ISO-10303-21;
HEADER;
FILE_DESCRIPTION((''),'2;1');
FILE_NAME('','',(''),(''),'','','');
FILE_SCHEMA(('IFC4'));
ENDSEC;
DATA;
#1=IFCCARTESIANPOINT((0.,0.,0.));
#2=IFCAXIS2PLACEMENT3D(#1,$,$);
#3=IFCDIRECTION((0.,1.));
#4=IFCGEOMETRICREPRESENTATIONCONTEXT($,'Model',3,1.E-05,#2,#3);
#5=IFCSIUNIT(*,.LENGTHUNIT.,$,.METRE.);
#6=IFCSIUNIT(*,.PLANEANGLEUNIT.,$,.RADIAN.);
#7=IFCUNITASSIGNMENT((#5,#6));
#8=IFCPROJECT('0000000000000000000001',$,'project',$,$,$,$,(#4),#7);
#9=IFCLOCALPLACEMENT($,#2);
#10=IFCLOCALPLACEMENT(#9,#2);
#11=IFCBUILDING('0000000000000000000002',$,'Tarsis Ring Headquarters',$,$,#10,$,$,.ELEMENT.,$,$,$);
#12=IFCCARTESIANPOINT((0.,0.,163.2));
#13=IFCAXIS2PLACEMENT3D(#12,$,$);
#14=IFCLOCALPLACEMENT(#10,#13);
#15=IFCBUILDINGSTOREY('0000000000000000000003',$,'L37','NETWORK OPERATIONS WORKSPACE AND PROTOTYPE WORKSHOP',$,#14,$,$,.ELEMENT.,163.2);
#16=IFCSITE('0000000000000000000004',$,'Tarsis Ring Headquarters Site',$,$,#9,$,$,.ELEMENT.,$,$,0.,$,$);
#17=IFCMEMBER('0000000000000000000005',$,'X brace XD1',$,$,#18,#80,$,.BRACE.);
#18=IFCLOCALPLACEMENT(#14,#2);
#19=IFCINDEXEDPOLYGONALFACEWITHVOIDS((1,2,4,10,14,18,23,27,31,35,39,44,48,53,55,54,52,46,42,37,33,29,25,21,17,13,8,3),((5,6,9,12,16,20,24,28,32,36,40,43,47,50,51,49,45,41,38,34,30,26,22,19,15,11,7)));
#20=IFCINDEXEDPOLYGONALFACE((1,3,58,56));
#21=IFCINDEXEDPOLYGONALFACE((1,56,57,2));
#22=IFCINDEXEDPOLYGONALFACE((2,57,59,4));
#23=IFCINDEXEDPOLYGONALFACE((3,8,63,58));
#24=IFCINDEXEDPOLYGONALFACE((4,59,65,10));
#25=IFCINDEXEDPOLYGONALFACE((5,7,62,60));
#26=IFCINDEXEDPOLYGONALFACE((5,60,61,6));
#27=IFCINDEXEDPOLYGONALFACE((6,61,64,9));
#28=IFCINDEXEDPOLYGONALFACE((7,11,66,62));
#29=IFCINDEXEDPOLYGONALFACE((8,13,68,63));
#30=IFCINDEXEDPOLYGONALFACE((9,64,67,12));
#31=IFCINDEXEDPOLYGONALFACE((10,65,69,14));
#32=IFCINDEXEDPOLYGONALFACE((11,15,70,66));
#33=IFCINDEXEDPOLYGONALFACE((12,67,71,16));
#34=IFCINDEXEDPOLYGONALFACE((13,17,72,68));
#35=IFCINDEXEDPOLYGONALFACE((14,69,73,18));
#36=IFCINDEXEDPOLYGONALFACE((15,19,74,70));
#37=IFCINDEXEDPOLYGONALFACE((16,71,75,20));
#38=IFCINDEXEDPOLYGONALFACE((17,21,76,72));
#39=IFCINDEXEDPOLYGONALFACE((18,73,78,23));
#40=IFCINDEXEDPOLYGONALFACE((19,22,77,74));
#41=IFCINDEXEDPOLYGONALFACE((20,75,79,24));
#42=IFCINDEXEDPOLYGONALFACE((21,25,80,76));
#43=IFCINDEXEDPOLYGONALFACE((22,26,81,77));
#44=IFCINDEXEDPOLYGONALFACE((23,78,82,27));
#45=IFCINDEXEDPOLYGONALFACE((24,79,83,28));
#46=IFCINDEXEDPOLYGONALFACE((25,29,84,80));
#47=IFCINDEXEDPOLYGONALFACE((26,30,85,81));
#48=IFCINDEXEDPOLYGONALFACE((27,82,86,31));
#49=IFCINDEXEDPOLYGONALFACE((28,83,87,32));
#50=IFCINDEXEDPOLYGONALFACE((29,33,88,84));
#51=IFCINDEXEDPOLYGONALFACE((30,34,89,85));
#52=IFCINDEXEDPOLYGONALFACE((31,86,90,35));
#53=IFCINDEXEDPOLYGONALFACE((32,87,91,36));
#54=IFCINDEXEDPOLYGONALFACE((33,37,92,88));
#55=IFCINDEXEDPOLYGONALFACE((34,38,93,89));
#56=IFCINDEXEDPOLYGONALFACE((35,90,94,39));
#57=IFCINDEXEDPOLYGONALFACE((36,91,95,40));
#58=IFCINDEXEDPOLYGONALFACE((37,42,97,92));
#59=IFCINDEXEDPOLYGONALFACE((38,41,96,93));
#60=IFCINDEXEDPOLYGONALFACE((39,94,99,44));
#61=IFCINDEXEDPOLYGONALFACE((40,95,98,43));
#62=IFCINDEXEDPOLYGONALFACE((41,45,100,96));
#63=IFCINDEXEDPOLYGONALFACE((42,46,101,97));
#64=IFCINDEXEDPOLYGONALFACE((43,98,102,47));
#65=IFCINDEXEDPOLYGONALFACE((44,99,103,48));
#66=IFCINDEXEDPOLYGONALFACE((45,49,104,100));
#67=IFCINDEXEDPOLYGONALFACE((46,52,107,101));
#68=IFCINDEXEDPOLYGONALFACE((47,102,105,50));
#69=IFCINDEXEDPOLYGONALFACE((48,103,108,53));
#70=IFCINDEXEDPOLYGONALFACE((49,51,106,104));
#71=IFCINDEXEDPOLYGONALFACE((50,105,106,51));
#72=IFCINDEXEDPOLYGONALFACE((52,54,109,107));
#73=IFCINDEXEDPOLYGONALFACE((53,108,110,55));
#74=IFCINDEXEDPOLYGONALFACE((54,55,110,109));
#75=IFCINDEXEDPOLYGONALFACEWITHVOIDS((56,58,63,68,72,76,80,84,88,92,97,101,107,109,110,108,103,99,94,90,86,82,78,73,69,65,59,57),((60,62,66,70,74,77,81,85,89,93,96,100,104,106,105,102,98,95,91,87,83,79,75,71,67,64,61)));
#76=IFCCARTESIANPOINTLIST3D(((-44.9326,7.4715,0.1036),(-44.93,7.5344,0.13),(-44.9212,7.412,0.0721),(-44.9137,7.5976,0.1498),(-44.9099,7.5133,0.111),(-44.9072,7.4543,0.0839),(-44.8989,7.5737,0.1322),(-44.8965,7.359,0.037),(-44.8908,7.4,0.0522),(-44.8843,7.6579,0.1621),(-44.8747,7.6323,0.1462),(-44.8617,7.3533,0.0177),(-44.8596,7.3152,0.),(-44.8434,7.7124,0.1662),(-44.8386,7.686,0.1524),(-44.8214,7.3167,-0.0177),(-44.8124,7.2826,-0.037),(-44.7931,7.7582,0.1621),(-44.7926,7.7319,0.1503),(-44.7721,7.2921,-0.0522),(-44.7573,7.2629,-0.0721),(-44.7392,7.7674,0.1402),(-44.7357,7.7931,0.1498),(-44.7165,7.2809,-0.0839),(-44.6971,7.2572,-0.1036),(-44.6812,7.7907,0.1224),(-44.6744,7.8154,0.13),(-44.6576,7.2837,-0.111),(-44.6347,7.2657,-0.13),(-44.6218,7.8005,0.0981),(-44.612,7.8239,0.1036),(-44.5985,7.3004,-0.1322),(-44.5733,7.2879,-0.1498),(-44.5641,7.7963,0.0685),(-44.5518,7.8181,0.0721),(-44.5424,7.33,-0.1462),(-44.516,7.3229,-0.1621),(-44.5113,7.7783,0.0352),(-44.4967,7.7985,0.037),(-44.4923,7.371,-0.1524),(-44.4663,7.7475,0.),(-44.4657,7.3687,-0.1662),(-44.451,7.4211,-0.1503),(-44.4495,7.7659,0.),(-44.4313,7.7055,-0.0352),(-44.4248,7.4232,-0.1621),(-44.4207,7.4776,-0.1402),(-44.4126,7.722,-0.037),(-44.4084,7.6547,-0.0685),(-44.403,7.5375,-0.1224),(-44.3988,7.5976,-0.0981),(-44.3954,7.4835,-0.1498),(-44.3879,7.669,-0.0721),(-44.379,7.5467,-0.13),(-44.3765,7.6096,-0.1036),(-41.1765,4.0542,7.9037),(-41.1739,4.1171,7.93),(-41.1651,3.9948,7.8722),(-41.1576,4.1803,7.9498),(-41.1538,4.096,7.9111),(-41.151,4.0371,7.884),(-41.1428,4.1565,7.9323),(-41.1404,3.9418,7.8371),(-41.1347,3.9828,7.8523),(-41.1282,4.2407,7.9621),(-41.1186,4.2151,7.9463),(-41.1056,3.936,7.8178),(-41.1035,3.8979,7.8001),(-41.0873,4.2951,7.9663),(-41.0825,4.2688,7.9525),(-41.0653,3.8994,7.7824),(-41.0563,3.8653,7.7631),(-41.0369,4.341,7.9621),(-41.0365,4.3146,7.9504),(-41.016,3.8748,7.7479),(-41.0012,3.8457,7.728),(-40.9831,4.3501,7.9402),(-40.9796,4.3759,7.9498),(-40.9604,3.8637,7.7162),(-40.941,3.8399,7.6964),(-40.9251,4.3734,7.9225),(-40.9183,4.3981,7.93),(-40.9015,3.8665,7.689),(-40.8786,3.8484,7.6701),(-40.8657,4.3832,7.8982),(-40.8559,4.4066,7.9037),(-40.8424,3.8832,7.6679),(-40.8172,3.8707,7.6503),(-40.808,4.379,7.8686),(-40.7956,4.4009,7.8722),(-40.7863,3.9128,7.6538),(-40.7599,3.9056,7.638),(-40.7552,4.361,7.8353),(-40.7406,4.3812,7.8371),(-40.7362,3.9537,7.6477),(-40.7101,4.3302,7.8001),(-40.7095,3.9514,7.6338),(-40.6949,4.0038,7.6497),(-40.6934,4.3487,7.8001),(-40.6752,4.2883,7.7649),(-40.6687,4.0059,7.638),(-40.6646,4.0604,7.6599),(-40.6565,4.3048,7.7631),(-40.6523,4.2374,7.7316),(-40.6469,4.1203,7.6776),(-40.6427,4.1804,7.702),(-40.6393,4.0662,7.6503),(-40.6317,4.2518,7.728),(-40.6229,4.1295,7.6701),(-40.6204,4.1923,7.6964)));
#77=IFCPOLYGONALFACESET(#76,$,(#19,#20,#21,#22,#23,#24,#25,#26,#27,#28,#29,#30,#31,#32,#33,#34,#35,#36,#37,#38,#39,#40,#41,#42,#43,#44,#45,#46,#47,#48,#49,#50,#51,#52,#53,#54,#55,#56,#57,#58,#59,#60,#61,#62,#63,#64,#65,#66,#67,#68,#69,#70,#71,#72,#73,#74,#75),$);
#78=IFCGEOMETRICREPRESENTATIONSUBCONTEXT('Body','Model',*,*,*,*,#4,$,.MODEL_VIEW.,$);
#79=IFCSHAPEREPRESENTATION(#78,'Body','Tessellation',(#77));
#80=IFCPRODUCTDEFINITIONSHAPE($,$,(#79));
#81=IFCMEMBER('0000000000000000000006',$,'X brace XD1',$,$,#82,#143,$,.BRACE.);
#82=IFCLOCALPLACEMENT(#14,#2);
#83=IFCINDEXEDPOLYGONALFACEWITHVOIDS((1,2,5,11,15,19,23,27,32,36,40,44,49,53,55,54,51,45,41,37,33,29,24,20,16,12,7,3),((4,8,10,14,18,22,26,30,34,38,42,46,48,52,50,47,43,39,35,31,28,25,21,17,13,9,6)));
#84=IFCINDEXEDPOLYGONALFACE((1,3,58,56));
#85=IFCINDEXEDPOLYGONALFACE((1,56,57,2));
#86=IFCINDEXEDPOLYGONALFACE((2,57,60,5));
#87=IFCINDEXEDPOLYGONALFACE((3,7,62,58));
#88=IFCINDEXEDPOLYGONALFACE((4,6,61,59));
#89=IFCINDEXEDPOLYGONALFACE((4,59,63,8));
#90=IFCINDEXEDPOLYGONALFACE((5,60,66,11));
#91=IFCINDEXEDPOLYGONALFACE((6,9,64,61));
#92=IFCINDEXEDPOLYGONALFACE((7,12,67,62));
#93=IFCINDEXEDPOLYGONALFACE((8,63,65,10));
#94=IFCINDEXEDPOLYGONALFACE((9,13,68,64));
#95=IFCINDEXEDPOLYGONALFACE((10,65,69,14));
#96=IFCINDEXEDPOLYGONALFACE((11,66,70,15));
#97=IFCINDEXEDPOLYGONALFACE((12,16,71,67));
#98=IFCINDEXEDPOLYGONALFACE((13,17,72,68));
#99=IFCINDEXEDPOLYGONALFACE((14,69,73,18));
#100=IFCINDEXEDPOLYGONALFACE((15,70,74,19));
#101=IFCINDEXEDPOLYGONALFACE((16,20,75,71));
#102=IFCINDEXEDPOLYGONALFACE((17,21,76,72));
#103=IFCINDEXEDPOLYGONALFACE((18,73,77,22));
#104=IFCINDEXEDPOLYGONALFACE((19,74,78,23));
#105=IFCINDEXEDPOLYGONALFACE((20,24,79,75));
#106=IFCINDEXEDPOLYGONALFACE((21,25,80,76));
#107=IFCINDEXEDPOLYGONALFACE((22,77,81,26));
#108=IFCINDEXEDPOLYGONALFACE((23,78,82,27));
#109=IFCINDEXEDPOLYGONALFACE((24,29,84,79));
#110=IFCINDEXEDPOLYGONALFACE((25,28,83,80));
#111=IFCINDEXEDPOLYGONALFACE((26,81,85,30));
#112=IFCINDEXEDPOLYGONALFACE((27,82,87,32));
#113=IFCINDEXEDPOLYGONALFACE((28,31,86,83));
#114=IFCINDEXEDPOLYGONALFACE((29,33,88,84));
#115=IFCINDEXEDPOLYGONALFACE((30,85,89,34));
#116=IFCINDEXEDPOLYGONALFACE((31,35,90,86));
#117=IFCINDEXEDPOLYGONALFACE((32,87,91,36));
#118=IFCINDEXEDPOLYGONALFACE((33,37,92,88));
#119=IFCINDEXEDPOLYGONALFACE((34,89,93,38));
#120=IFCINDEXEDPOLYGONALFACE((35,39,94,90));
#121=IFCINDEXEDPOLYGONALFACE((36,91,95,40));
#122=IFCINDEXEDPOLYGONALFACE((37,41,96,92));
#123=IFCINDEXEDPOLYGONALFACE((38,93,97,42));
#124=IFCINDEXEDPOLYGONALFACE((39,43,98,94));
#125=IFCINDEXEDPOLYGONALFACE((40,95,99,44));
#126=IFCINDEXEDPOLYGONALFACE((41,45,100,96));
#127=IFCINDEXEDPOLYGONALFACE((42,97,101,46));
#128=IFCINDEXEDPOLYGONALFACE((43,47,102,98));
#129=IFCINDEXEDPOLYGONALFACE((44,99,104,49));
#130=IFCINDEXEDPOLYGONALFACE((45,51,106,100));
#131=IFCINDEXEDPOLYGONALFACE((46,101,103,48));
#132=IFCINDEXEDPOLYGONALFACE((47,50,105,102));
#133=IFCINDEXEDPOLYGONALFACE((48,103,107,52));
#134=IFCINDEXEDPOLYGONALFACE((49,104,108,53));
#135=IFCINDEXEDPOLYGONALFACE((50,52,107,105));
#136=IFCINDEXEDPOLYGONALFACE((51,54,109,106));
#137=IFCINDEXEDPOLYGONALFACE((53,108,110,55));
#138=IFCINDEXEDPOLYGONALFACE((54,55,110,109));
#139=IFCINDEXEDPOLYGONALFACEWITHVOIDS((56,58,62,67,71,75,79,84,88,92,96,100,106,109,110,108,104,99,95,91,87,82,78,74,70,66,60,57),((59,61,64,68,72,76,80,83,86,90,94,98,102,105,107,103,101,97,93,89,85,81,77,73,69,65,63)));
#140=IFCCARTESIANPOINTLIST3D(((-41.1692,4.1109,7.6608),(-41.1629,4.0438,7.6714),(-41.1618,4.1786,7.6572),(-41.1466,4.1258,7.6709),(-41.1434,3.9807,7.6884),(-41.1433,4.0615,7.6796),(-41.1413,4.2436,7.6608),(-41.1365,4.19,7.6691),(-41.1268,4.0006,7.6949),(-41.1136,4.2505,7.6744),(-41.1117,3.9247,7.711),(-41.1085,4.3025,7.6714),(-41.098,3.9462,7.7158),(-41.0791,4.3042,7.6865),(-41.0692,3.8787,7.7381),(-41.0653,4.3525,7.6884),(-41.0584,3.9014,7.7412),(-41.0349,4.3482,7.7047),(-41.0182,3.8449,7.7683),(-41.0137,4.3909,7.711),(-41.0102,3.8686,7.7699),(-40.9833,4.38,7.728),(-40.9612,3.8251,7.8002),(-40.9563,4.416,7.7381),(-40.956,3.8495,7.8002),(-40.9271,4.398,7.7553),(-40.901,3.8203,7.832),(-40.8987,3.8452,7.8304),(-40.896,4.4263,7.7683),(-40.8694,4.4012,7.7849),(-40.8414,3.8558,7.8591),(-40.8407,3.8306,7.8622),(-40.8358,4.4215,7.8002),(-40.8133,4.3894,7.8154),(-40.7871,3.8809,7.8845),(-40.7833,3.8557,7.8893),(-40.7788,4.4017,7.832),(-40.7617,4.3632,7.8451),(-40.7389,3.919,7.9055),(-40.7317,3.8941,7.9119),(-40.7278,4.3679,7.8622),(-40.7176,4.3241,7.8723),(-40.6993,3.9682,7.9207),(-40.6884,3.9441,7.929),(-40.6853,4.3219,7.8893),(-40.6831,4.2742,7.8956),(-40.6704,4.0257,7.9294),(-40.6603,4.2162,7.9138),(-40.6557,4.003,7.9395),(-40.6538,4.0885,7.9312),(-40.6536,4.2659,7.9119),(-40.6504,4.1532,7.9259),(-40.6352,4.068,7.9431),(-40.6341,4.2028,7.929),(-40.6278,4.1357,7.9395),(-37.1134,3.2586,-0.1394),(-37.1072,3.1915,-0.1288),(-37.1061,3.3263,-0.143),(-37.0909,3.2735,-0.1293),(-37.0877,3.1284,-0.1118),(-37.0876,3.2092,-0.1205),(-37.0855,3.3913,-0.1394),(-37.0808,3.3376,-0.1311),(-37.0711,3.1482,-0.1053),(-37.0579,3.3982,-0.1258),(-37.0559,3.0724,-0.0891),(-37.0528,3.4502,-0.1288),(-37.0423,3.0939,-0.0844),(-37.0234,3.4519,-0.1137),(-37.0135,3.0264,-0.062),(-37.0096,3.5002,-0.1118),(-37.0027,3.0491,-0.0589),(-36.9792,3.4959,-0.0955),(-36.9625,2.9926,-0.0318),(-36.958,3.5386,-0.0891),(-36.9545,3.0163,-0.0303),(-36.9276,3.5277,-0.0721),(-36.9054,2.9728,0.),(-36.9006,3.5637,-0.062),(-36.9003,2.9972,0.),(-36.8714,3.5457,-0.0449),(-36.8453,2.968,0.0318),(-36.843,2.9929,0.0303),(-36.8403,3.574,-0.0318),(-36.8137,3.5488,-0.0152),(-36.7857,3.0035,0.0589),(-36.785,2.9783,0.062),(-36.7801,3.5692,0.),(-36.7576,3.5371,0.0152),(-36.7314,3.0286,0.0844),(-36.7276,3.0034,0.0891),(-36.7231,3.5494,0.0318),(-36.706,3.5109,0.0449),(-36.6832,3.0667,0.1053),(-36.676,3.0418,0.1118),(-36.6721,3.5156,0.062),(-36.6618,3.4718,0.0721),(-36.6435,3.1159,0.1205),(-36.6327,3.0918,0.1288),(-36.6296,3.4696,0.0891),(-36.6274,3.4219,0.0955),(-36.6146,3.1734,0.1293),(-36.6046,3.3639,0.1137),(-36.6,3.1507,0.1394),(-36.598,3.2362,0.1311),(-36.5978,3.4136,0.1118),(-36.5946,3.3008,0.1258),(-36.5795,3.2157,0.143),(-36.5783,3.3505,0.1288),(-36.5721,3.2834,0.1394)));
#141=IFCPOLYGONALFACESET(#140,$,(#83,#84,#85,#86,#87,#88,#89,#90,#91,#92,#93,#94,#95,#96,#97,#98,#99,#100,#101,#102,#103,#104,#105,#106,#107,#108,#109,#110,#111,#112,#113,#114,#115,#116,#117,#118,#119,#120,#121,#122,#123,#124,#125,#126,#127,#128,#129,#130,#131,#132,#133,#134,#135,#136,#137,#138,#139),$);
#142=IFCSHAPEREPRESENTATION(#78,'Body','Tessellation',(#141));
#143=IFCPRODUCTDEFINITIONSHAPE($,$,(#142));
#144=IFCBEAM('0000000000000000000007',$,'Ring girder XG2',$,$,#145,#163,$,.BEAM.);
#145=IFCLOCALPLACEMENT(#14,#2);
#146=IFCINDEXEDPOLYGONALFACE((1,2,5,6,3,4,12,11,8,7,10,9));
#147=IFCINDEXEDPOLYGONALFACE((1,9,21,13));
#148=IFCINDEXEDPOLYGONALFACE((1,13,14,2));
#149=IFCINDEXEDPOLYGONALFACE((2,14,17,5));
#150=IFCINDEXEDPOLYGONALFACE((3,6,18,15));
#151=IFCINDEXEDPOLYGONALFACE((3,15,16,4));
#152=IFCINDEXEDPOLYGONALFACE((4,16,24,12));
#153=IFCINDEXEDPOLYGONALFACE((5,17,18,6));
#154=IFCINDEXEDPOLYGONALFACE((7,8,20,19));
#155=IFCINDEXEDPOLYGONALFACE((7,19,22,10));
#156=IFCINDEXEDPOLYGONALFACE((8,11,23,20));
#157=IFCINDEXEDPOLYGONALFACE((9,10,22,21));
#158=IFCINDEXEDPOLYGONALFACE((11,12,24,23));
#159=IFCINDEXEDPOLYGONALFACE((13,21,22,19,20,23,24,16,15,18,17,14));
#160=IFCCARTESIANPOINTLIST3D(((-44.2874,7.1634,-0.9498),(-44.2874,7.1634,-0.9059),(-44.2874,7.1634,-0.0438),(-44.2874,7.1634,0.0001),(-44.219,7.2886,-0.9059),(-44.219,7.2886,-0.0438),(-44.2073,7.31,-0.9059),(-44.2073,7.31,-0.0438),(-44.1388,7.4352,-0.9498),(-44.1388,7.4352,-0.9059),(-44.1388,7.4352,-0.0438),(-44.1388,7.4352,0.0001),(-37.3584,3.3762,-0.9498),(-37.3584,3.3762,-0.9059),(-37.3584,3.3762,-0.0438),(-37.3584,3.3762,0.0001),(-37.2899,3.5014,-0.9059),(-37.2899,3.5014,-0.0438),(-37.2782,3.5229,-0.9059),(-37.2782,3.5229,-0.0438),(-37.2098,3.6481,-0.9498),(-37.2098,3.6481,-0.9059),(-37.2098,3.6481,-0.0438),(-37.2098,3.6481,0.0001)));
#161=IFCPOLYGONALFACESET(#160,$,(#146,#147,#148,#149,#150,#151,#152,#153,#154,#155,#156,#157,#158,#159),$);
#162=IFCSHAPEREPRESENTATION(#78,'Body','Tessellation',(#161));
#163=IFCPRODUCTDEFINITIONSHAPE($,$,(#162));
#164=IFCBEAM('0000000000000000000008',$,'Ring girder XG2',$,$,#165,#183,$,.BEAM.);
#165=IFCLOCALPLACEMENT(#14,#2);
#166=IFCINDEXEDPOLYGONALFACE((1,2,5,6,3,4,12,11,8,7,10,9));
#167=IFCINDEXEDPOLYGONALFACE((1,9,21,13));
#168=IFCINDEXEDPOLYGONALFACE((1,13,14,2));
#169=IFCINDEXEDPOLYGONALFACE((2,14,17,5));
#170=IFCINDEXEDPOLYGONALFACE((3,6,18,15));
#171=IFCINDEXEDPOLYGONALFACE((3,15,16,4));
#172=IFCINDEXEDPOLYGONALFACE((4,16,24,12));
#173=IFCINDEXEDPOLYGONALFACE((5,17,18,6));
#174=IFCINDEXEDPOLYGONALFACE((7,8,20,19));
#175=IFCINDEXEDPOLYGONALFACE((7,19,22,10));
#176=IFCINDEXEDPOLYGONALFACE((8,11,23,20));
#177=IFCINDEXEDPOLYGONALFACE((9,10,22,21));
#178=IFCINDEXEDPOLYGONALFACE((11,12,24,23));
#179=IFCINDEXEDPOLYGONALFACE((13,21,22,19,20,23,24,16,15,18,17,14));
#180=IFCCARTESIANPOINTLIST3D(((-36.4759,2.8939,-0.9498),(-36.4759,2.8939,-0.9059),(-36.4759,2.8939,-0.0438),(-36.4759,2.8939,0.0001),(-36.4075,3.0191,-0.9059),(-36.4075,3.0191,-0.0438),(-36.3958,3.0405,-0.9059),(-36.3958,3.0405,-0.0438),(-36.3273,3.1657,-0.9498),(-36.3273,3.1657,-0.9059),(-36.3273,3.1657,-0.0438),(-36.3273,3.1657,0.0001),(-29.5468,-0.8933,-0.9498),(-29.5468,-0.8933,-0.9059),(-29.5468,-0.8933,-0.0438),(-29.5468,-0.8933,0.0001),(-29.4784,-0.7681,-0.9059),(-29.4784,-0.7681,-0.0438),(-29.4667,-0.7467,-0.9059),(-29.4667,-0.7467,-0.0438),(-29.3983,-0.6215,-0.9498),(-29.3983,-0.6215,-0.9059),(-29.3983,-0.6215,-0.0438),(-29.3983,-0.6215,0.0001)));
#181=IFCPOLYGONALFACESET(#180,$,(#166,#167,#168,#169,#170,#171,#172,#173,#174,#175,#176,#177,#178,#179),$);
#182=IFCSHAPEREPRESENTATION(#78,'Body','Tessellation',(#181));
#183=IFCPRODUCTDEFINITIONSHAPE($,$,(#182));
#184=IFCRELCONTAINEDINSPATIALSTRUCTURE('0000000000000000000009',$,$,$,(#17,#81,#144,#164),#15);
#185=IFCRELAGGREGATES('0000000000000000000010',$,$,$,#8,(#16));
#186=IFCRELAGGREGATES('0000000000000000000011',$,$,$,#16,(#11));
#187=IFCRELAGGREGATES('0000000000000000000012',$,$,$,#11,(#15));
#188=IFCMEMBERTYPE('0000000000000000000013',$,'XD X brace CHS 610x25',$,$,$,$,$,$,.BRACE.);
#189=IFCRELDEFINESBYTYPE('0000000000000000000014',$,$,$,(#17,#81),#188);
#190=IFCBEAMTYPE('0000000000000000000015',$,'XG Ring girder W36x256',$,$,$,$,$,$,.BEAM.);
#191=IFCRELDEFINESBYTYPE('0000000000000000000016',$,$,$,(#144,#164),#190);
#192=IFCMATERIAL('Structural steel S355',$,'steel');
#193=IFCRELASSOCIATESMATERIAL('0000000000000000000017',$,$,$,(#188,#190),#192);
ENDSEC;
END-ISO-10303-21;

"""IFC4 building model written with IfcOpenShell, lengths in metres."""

from ifc_helpers import new_model, si_unit, direction, frame, origin, origin_2d, place, context, subcontext, project, spatial, hollow_circle, i_section, extrude, material, material_profile, profile_set, type_object, element, save


model = new_model("IFC4")

# Units and contexts
model_context = context("Model", 3, precision=1e-05, world=origin(), true_north=direction((0.0, 1.0)))
body_context = subcontext(model_context, "Body", "Model", "MODEL_VIEW")
ifc_project = project(units=[si_unit("LENGTHUNIT", "METRE"), si_unit("PLANEANGLEUNIT", "RADIAN")], contexts=[model_context])

# Site, building, storey
site_placement = place(None, origin())
site = spatial("IfcSite", under=ifc_project, at=site_placement, Name="Tarsis Ring Headquarters Site", CompositionType="ELEMENT", RefElevation=0.0)
building_placement = place(site_placement, origin())
building = spatial("IfcBuilding", under=site, at=building_placement, Name="Tarsis Ring Headquarters", CompositionType="ELEMENT")
storey_placement = place(building_placement, frame((0.0, 0.0, 163.2)))
storey = spatial("IfcBuildingStorey", under=building, at=storey_placement, Name="L37", Description="NETWORK OPERATIONS WORKSPACE AND PROTOTYPE WORKSHOP", CompositionType="ELEMENT", Elevation=163.2)

# Shared definitions
ifc_material_1 = material(Name="Structural steel S355", Category="steel")

# Members
ifc_material_profile_1 = material_profile(ifc_material_1, hollow_circle(Radius=0.3047, WallThickness=0.0249, at=origin_2d()), Name="CHS 610x25")
ifc_profile_set_1 = profile_set([ifc_material_profile_1], Name="Structural steel S355")
member_type = type_object("IfcMemberType", Name="XD X brace CHS 610x25", PredefinedType="BRACE", material=ifc_profile_set_1)
member_1_placement = place(storey_placement, frame((-44.6545, 7.5405, 0.0), z_axis=(0.403564, -0.367155, 0.838053), x_axis=(0.672953, 0.739685, 0.0)))
element("IfcMember", 1, at=member_1_placement, inside=storey, type_object=member_type, Name="X brace XD1", PredefinedType="BRACE", context=body_context, shape_type="SweptSolid", body=[
    extrude(hollow_circle(Radius=0.3047, WallThickness=0.0249, at=origin_2d()), origin(), (0.0, 0.0, 1.0), 9.3074),
])
member_2_placement = place(storey_placement, frame((-36.8428, 3.271, 0.0), z_axis=(-0.459168, 0.096494, 0.883093), x_axis=(-0.205657, -0.978624, 0.0)))
element("IfcMember", 2, at=member_2_placement, inside=storey, type_object=member_type, Name="X brace XD1", PredefinedType="BRACE", context=body_context, shape_type="SweptSolid", body=[
    extrude(hollow_circle(Radius=0.3047, WallThickness=0.0249, at=origin_2d()), origin(), (0.0, 0.0, 1.0), 8.8328),
])

# Beams
ifc_material_profile_2 = material_profile(ifc_material_1, i_section(OverallWidth=0.3098, OverallDepth=0.95, WebThickness=0.0244, FlangeThickness=0.0439, at=origin_2d()), Name="W36x256")
ifc_profile_set_2 = profile_set([ifc_material_profile_2], Name="Structural steel S355")
beam_type = type_object("IfcBeamType", Name="XG Ring girder W36x256", PredefinedType="BEAM", material=ifc_profile_set_2)
for number, where, z_axis, x_axis, name in (
    (3, (-44.2131, 7.2993, -0.4749), (0.877486, -0.479601, 0.0), (0.479601, 0.877486, 0.0), "Ring girder XG2"),
    (4, (-36.4016, 3.0298, -0.4749), (0.877486, -0.479601, 0.0), (0.479601, 0.877486, 0.0), "Ring girder XG2"),
):
    element("IfcBeam", number, at=place(storey_placement, frame(where, z_axis=z_axis, x_axis=x_axis)), inside=storey, type_object=beam_type, Name=name, PredefinedType="BEAM", context=body_context, shape_type="SweptSolid", body=[
        extrude(i_section(OverallWidth=0.3098, OverallDepth=0.95, WebThickness=0.0244, FlangeThickness=0.0439, at=origin_2d()), origin(), (0.0, 0.0, 1.0), 7.8965),
    ])

save(model, "model.ifc")
